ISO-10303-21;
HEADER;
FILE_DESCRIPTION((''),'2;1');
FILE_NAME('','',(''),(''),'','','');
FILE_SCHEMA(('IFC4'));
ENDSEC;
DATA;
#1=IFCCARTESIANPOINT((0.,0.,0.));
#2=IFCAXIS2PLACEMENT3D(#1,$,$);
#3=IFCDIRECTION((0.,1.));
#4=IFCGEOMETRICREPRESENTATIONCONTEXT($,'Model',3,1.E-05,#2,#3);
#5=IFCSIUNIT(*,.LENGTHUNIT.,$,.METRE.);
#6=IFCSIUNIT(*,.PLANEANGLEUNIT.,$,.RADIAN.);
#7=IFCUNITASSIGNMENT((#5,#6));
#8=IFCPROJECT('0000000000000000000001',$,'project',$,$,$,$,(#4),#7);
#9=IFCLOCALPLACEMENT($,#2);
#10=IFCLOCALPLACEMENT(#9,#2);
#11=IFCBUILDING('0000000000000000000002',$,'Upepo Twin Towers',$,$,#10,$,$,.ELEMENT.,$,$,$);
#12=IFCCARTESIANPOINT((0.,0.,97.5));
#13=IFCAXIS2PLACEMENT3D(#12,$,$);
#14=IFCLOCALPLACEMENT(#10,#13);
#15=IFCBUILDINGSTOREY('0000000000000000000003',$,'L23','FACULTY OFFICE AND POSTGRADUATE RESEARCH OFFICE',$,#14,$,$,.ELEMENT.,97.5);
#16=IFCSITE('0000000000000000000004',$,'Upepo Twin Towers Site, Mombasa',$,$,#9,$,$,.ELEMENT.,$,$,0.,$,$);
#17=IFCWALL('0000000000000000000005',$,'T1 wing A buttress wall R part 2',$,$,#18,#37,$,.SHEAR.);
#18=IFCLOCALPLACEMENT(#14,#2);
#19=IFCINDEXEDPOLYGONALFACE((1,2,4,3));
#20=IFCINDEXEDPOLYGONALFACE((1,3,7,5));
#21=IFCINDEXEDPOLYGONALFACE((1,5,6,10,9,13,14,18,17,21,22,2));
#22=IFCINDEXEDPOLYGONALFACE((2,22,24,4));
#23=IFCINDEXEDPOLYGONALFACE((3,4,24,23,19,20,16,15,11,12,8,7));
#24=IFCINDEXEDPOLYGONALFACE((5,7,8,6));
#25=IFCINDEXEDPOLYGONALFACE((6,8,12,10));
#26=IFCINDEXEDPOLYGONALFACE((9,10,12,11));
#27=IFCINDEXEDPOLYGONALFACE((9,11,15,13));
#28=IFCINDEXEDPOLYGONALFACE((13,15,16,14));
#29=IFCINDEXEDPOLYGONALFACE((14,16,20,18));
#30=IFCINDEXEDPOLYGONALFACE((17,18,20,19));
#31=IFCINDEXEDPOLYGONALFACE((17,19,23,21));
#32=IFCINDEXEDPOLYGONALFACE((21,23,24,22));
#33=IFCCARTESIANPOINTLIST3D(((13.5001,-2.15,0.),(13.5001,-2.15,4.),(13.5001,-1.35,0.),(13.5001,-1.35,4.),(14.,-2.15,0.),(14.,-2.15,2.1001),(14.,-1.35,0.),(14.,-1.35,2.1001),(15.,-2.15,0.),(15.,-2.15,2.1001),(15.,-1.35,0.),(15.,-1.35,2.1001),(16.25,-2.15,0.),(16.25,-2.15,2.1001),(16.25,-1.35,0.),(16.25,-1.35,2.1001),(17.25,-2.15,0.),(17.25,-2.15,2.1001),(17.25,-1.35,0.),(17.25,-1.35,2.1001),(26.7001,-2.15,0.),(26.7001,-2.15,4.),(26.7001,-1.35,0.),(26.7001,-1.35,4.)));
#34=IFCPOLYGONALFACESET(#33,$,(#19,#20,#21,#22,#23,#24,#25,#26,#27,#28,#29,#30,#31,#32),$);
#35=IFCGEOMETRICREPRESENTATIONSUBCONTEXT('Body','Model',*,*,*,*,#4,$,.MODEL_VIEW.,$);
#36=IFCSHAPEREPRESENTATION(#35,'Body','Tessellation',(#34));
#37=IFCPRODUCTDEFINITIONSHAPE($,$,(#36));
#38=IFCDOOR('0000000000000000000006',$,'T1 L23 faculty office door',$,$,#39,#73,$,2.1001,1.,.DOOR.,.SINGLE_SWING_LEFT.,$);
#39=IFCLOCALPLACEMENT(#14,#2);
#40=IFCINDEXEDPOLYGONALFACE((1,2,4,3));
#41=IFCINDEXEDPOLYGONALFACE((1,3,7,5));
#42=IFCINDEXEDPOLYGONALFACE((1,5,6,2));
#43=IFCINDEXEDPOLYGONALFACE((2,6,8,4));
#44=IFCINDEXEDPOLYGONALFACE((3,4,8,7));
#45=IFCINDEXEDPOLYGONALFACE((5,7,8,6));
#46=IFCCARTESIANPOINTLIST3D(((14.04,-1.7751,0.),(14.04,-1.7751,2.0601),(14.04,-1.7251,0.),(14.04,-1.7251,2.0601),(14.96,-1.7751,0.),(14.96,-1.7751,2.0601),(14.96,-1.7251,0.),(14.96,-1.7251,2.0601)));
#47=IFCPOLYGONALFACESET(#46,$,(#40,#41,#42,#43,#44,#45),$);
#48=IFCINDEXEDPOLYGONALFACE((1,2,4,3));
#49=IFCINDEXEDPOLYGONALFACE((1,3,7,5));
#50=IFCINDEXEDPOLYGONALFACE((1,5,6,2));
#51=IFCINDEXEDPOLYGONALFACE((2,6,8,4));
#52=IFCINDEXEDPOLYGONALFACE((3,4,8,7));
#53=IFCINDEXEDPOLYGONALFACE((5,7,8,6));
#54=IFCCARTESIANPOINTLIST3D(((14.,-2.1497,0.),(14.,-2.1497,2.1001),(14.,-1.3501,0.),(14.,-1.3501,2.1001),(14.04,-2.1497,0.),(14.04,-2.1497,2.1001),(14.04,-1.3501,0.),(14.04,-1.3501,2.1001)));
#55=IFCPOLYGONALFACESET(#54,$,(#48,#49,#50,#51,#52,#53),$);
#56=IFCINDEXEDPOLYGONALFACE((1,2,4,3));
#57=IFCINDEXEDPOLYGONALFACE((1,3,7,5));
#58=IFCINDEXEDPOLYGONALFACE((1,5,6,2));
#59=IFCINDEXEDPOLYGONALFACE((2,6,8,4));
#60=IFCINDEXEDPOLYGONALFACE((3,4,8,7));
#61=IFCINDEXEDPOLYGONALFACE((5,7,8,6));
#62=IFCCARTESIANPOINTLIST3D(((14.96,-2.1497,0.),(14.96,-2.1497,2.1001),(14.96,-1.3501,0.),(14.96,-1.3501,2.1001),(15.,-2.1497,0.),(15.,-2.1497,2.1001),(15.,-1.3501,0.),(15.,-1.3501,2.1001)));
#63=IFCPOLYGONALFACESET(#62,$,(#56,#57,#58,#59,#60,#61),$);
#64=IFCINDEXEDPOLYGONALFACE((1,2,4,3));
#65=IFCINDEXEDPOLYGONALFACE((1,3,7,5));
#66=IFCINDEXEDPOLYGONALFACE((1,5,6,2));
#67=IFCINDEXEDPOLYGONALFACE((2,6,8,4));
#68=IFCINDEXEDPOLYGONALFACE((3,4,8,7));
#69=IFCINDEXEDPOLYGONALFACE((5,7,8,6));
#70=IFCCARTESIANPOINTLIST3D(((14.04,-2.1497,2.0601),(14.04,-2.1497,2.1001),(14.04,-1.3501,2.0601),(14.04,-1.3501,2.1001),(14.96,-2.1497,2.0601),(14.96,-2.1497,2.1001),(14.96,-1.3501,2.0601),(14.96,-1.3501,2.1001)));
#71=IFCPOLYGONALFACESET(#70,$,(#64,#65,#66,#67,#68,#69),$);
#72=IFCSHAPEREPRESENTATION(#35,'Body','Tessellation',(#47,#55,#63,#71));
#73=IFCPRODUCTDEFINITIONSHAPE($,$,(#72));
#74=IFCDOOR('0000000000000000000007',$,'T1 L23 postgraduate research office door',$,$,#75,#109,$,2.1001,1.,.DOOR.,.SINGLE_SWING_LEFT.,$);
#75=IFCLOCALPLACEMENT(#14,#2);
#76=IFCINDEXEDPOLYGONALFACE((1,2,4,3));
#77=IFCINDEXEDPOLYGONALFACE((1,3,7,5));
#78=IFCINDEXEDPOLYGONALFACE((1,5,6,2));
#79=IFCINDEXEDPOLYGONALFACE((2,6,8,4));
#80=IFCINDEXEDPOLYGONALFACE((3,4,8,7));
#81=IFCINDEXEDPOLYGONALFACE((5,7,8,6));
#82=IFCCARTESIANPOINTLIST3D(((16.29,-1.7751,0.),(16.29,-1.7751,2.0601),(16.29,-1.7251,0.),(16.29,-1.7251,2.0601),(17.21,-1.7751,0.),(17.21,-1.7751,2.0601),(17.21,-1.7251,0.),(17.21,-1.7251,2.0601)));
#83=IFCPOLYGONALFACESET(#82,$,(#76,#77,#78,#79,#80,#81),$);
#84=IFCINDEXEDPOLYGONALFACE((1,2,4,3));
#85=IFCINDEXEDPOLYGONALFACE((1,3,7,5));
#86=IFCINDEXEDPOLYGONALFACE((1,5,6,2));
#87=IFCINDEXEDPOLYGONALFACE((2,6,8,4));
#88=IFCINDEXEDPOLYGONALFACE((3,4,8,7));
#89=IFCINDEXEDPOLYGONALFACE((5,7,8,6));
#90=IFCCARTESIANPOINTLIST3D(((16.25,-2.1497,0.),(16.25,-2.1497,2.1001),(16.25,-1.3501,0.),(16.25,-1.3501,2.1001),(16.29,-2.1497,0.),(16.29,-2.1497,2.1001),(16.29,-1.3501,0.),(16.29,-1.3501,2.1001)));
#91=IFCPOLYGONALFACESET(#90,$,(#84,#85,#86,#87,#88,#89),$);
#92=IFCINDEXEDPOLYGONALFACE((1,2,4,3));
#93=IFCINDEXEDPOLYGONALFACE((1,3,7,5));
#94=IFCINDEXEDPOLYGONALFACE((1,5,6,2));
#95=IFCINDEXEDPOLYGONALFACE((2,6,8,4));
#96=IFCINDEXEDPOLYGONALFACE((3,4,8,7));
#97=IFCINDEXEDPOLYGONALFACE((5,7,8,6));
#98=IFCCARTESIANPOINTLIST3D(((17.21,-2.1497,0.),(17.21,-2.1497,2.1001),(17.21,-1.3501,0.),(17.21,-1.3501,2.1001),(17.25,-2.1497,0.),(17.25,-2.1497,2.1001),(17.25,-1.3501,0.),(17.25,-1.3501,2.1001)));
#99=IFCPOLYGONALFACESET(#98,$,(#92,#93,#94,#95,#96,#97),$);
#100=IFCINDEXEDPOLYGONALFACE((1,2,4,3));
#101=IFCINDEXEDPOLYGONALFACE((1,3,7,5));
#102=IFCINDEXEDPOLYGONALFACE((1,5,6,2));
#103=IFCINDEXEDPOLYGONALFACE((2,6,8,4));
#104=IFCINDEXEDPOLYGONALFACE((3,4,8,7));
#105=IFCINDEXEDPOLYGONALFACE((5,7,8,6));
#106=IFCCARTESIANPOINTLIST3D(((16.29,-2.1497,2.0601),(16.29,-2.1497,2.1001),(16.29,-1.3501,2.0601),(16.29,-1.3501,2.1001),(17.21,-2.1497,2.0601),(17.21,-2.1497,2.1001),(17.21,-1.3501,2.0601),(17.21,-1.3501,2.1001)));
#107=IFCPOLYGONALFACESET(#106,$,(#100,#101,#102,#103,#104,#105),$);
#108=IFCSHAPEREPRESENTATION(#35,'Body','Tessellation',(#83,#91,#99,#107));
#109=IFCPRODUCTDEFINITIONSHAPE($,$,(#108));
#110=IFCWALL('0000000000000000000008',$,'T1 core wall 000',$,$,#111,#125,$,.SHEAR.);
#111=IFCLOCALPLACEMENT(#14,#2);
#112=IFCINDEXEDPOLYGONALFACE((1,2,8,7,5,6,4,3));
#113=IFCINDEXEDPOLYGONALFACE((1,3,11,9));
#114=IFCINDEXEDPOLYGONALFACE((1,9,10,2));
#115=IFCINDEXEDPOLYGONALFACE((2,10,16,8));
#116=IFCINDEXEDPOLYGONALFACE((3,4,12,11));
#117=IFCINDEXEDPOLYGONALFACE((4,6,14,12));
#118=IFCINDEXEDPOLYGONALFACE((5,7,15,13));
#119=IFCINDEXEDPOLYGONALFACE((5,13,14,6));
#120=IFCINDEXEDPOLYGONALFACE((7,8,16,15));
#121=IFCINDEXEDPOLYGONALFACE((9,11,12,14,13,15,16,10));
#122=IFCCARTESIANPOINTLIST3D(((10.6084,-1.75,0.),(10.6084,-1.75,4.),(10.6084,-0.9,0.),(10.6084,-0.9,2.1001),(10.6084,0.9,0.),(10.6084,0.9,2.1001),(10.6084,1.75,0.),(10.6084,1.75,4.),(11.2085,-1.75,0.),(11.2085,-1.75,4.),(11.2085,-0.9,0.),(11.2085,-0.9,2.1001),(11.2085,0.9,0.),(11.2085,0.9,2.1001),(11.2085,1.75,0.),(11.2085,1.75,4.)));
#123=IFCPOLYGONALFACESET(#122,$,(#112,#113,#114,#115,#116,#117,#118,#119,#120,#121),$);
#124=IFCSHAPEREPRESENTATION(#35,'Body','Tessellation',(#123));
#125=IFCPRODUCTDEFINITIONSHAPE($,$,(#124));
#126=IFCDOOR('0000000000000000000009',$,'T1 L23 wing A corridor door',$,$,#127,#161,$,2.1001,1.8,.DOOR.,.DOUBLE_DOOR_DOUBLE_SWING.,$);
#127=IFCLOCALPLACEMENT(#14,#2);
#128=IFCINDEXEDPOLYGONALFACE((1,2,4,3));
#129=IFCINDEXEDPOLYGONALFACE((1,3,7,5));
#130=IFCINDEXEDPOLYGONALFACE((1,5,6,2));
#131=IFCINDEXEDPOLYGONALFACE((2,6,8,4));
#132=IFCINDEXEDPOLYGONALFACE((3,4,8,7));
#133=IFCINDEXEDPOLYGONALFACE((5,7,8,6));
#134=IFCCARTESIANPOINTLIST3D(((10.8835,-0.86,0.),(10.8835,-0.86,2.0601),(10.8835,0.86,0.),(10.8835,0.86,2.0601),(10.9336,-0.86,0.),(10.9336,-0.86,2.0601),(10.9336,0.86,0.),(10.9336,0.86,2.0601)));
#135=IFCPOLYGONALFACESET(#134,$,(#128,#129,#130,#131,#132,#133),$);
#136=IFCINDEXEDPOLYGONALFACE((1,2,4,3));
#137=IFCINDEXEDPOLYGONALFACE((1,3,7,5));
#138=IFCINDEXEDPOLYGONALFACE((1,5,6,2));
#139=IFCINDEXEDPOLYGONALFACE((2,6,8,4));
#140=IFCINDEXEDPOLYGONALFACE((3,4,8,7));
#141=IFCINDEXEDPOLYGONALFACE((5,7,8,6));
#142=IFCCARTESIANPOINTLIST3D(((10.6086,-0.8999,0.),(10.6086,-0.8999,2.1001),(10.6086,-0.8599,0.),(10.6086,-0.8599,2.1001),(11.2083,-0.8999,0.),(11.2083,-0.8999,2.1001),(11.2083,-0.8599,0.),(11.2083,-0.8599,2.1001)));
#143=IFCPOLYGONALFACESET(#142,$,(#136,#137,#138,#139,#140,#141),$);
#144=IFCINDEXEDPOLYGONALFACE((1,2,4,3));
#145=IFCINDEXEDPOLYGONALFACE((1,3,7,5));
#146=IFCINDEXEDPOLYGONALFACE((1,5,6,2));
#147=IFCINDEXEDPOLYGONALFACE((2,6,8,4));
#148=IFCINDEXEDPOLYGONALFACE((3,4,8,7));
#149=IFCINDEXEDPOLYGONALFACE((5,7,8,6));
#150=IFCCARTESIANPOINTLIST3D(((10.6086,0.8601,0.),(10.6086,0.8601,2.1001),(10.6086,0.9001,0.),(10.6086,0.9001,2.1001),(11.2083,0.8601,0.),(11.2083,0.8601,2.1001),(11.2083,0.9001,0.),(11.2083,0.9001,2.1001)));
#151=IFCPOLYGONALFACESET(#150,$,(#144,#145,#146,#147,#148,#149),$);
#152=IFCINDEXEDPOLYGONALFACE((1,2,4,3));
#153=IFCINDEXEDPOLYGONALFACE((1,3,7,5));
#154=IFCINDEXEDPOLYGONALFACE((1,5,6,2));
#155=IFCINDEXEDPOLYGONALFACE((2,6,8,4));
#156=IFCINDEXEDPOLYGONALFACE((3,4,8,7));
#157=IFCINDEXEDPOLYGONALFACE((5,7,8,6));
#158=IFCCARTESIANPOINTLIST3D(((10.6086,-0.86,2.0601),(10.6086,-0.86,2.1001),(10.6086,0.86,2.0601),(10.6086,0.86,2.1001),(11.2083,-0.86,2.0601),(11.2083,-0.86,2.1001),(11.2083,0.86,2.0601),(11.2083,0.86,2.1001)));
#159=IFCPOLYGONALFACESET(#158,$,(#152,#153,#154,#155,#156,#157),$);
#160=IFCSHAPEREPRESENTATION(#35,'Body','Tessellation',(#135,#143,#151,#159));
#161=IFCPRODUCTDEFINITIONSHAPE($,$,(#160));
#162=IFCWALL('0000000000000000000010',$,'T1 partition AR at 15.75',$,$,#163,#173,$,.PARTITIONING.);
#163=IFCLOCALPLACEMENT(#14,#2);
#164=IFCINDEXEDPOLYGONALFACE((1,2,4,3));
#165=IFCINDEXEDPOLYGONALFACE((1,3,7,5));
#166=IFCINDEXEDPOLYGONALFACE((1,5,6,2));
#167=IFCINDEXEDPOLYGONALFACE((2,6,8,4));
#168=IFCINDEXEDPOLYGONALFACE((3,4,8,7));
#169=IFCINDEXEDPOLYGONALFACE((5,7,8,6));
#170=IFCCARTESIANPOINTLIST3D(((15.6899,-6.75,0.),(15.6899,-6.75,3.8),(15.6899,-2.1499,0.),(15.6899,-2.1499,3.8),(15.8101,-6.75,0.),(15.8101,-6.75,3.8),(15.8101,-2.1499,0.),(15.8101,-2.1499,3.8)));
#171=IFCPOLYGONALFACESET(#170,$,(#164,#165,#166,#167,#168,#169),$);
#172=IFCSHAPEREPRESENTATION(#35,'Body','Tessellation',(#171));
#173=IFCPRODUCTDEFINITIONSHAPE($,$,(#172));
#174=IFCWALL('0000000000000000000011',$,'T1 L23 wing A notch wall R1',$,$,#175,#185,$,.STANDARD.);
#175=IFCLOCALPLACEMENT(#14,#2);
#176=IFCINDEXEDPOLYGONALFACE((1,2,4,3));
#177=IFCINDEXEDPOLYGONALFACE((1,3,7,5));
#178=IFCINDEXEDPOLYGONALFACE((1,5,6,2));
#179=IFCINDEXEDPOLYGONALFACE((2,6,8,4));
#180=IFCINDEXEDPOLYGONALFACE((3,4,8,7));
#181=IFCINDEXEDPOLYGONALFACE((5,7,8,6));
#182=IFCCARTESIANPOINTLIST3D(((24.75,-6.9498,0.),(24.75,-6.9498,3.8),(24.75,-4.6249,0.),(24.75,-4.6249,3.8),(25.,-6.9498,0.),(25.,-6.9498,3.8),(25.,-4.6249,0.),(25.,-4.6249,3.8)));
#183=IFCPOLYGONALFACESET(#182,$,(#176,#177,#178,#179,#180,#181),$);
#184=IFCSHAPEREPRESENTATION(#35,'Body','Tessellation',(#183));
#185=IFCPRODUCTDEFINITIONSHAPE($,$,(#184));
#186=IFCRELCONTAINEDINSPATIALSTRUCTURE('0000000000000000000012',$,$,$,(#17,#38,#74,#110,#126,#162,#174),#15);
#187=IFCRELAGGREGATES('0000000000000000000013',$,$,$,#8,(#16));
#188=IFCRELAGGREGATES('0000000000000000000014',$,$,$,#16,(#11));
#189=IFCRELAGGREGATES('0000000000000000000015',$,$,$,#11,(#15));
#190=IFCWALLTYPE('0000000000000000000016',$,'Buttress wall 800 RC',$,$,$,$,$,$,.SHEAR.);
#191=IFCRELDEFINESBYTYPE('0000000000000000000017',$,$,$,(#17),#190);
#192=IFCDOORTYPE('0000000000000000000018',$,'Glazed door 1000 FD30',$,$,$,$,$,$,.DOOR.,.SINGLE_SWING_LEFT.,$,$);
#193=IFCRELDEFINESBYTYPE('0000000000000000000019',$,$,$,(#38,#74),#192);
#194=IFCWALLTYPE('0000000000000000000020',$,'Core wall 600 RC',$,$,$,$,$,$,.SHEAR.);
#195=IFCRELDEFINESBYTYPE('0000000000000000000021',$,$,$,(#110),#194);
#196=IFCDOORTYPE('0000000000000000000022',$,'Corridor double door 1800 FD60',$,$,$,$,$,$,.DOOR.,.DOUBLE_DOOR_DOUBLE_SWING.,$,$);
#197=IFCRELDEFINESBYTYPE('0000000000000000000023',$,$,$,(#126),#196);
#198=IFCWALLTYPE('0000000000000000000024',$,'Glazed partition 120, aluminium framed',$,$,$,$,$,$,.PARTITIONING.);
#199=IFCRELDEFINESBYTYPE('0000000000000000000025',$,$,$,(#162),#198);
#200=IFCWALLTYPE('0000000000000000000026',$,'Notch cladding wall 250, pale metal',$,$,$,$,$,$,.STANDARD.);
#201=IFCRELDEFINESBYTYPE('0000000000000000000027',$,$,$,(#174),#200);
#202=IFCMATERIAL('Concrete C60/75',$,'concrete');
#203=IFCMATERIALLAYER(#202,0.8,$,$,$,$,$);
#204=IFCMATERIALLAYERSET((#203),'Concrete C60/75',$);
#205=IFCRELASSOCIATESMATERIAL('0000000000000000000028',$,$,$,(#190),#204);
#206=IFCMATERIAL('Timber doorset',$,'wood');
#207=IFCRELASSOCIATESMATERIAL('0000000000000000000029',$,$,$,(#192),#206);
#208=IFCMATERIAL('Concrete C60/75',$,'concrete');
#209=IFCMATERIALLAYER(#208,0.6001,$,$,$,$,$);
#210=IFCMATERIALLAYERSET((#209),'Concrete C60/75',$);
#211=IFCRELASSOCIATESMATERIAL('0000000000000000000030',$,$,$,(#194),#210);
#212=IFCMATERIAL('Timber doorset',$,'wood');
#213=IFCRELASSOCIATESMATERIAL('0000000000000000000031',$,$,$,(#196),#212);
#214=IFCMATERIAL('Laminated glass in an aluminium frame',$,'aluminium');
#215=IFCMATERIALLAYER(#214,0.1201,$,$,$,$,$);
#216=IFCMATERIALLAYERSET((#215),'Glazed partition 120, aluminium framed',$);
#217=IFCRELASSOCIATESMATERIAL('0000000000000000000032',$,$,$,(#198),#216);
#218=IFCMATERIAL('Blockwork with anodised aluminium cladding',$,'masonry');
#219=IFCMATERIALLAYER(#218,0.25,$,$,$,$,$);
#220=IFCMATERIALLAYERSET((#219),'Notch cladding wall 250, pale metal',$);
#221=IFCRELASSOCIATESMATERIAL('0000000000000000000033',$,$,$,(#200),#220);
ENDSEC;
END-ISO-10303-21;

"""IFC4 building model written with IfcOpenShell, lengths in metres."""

from ifc_helpers import new_model, si_unit, direction, frame, frame_2d, origin, place, context, subcontext, project, spatial, rectangle, extrude, material, layer, layer_set, type_object, element, fill, save


model = new_model("IFC4")

# Units and contexts
model_context = context("Model", 3, precision=1e-05, world=origin(), true_north=direction((0.0, 1.0)))
body_context = subcontext(model_context, "Body", "Model", "MODEL_VIEW")
ifc_project = project(units=[si_unit("LENGTHUNIT", "METRE"), si_unit("PLANEANGLEUNIT", "RADIAN")], contexts=[model_context])

# Site, building, storey
site_placement = place(None, origin())
site = spatial("IfcSite", under=ifc_project, at=site_placement, Name="Upepo Twin Towers Site, Mombasa", CompositionType="ELEMENT", RefElevation=0.0)
building_placement = place(site_placement, origin())
building = spatial("IfcBuilding", under=site, at=building_placement, Name="Upepo Twin Towers", CompositionType="ELEMENT")
storey_placement = place(building_placement, frame((0.0, 0.0, 97.5)))
storey = spatial("IfcBuildingStorey", under=building, at=storey_placement, Name="L23", Description="FACULTY OFFICE AND POSTGRADUATE RESEARCH OFFICE", CompositionType="ELEMENT", Elevation=97.5)

# Wall, openings, doors
ifc_material_1 = material(Name="Concrete C60/75", Category="concrete")
ifc_layer_1 = layer(ifc_material_1, 0.8)
ifc_layer_set_1 = layer_set([ifc_layer_1], Name="Concrete C60/75")
wall_type_1 = type_object("IfcWallType", Name="Buttress wall 800 RC", PredefinedType="SHEAR", material=ifc_layer_set_1)
wall_1_placement = place(storey_placement, frame((13.5, -1.75, 0.0), z_axis=(0.0, 0.0, 1.0), x_axis=(1.0, 0.0, 0.0)))
wall_1 = element("IfcWall", 1, at=wall_1_placement, inside=storey, type_object=wall_type_1, Name="T1 wing A buttress wall R part 2", PredefinedType="SHEAR", context=body_context, shape_type="SweptSolid", body=[
    extrude(rectangle(XDim=13.2, YDim=0.8, at=frame_2d((6.6001, 0.0))), origin(), (0.0, 0.0, 1.0), 4.0),
])
opening_1_placement = place(wall_1_placement, frame((0.5, 0.0, 0.0)))
opening_1 = element("IfcOpeningElement", 2, at=opening_1_placement, cuts=wall_1, PredefinedType="OPENING", context=body_context, shape_type="SweptSolid", body=[
    extrude(rectangle(XDim=1.0, YDim=2.1001, at=frame_2d((0.5, 1.05))), frame((0.0, 0.4099, 0.0), z_axis=(0.0, -1.0, 0.0), x_axis=(1.0, 0.0, 0.0)), (0.0, 0.0, 1.0), 0.8201),
])
opening_2_placement = place(wall_1_placement, frame((2.75, 0.0, 0.0)))
opening_2 = element("IfcOpeningElement", 3, at=opening_2_placement, cuts=wall_1, PredefinedType="OPENING", context=body_context, shape_type="SweptSolid", body=[
    extrude(rectangle(XDim=1.0, YDim=2.1001, at=frame_2d((0.5, 1.05))), frame((0.0, 0.4099, 0.0), z_axis=(0.0, -1.0, 0.0), x_axis=(1.0, 0.0, 0.0)), (0.0, 0.0, 1.0), 0.8201),
])
ifc_material_2 = material(Name="Timber doorset", Category="wood")
door_type_1 = type_object("IfcDoorType", Name="Glazed door 1000 FD30", OperationType="SINGLE_SWING_LEFT", PredefinedType="DOOR", material=ifc_material_2)
door_1_placement = place(opening_1_placement, origin())
door_1 = element("IfcDoor", 4, at=door_1_placement, inside=storey, type_object=door_type_1, Name="T1 L23 faculty office door", OperationType="SINGLE_SWING_LEFT", OverallHeight=2.1001, OverallWidth=1.0, PredefinedType="DOOR", context=body_context, shape_type="SweptSolid", body=[
    extrude(rectangle(XDim=0.92, YDim=2.0601, at=frame_2d((0.5, 1.03))), frame((0.0, 0.0249, 0.0), z_axis=(0.0, -1.0, 0.0), x_axis=(1.0, 0.0, 0.0)), (0.0, 0.0, 1.0), 0.05),
    extrude(rectangle(XDim=0.04, YDim=2.1001, at=frame_2d((0.02, 1.05))), frame((0.0, 0.3999, 0.0), z_axis=(0.0, -1.0, 0.0), x_axis=(1.0, 0.0, 0.0)), (0.0, 0.0, 1.0), 0.7996),
    extrude(rectangle(XDim=0.04, YDim=2.1001, at=frame_2d((0.98, 1.05))), frame((0.0, 0.3999, 0.0), z_axis=(0.0, -1.0, 0.0), x_axis=(1.0, 0.0, 0.0)), (0.0, 0.0, 1.0), 0.7996),
    extrude(rectangle(XDim=0.92, YDim=0.04, at=frame_2d((0.5, 2.0801))), frame((0.0, 0.3999, 0.0), z_axis=(0.0, -1.0, 0.0), x_axis=(1.0, 0.0, 0.0)), (0.0, 0.0, 1.0), 0.7996),
])
fill(opening_1, door_1)
door_2_placement = place(opening_2_placement, origin())
door_2 = element("IfcDoor", 5, at=door_2_placement, inside=storey, type_object=door_type_1, Name="T1 L23 postgraduate research office door", OperationType="SINGLE_SWING_LEFT", OverallHeight=2.1001, OverallWidth=1.0, PredefinedType="DOOR", context=body_context, shape_type="SweptSolid", body=[
    extrude(rectangle(XDim=0.92, YDim=2.0601, at=frame_2d((0.5, 1.03))), frame((0.0, 0.0249, 0.0), z_axis=(0.0, -1.0, 0.0), x_axis=(1.0, 0.0, 0.0)), (0.0, 0.0, 1.0), 0.05),
    extrude(rectangle(XDim=0.04, YDim=2.1001, at=frame_2d((0.02, 1.05))), frame((0.0, 0.3999, 0.0), z_axis=(0.0, -1.0, 0.0), x_axis=(1.0, 0.0, 0.0)), (0.0, 0.0, 1.0), 0.7996),
    extrude(rectangle(XDim=0.04, YDim=2.1001, at=frame_2d((0.98, 1.05))), frame((0.0, 0.3999, 0.0), z_axis=(0.0, -1.0, 0.0), x_axis=(1.0, 0.0, 0.0)), (0.0, 0.0, 1.0), 0.7996),
    extrude(rectangle(XDim=0.92, YDim=0.04, at=frame_2d((0.5, 2.0801))), frame((0.0, 0.3999, 0.0), z_axis=(0.0, -1.0, 0.0), x_axis=(1.0, 0.0, 0.0)), (0.0, 0.0, 1.0), 0.7996),
])
fill(opening_2, door_2)

# Wall, opening, door
ifc_material_3 = material(Name="Concrete C60/75", Category="concrete")
ifc_layer_2 = layer(ifc_material_3, 0.6001)
ifc_layer_set_2 = layer_set([ifc_layer_2], Name="Concrete C60/75")
wall_type_2 = type_object("IfcWallType", Name="Core wall 600 RC", PredefinedType="SHEAR", material=ifc_layer_set_2)
wall_2_placement = place(storey_placement, frame((10.9084, -1.75, 0.0), z_axis=(0.0, 0.0, 1.0), x_axis=(0.0, 1.0, 0.0)))
wall_2 = element("IfcWall", 6, at=wall_2_placement, inside=storey, type_object=wall_type_2, Name="T1 core wall 000", PredefinedType="SHEAR", context=body_context, shape_type="SweptSolid", body=[
    extrude(rectangle(XDim=3.5, YDim=0.6001, at=frame_2d((1.75, 0.0))), origin(), (0.0, 0.0, 1.0), 4.0),
])
opening_3_placement = place(wall_2_placement, frame((0.8501, 0.0, 0.0)))
opening_3 = element("IfcOpeningElement", 7, at=opening_3_placement, cuts=wall_2, PredefinedType="OPENING", context=body_context, shape_type="SweptSolid", body=[
    extrude(rectangle(XDim=1.8, YDim=2.1001, at=frame_2d((0.8999, 1.05))), frame((0.0, 0.3101, 0.0), z_axis=(0.0, -1.0, 0.0), x_axis=(1.0, 0.0, 0.0)), (0.0, 0.0, 1.0), 0.6201),
])
ifc_material_4 = material(Name="Timber doorset", Category="wood")
door_type_2 = type_object("IfcDoorType", Name="Corridor double door 1800 FD60", OperationType="DOUBLE_DOOR_DOUBLE_SWING", PredefinedType="DOOR", material=ifc_material_4)
door_3_placement = place(opening_3_placement, origin())
door_3 = element("IfcDoor", 8, at=door_3_placement, inside=storey, type_object=door_type_2, Name="T1 L23 wing A corridor door", OperationType="DOUBLE_DOOR_DOUBLE_SWING", OverallHeight=2.1001, OverallWidth=1.8, PredefinedType="DOOR", context=body_context, shape_type="SweptSolid", body=[
    extrude(rectangle(XDim=1.72, YDim=2.0601, at=frame_2d((0.8999, 1.03))), frame((0.0, 0.0249, 0.0), z_axis=(0.0, -1.0, 0.0), x_axis=(1.0, 0.0, 0.0)), (0.0, 0.0, 1.0), 0.05),
    extrude(rectangle(XDim=0.04, YDim=2.1001, at=frame_2d((0.02, 1.05))), frame((0.0, 0.2998, 0.0), z_axis=(0.0, -1.0, 0.0), x_axis=(1.0, 0.0, 0.0)), (0.0, 0.0, 1.0), 0.5996),
    extrude(rectangle(XDim=0.04, YDim=2.1001, at=frame_2d((1.78, 1.05))), frame((0.0, 0.2998, 0.0), z_axis=(0.0, -1.0, 0.0), x_axis=(1.0, 0.0, 0.0)), (0.0, 0.0, 1.0), 0.5996),
    extrude(rectangle(XDim=1.72, YDim=0.04, at=frame_2d((0.8999, 2.0801))), frame((0.0, 0.2998, 0.0), z_axis=(0.0, -1.0, 0.0), x_axis=(1.0, 0.0, 0.0)), (0.0, 0.0, 1.0), 0.5996),
])
fill(opening_3, door_3)

# Walls
ifc_material_5 = material(Name="Laminated glass in an aluminium frame", Category="aluminium")
ifc_layer_3 = layer(ifc_material_5, 0.1201)
ifc_layer_set_3 = layer_set([ifc_layer_3], Name="Glazed partition 120, aluminium framed")
wall_type_3 = type_object("IfcWallType", Name="Glazed partition 120, aluminium framed", PredefinedType="PARTITIONING", material=ifc_layer_set_3)
wall_3_placement = place(storey_placement, frame((15.75, -2.1499, 0.0), z_axis=(0.0, 0.0, 1.0), x_axis=(0.0, -1.0, 0.0)))
element("IfcWall", 9, at=wall_3_placement, inside=storey, type_object=wall_type_3, Name="T1 partition AR at 15.75", PredefinedType="PARTITIONING", context=body_context, shape_type="SweptSolid", body=[
    extrude(rectangle(XDim=4.6001, YDim=0.1201, at=frame_2d((2.3, 0.0))), origin(), (0.0, 0.0, 1.0), 3.8),
])
ifc_material_6 = material(Name="Blockwork with anodised aluminium cladding", Category="masonry")
ifc_layer_4 = layer(ifc_material_6, 0.25)
ifc_layer_set_4 = layer_set([ifc_layer_4], Name="Notch cladding wall 250, pale metal")
wall_type_4 = type_object("IfcWallType", Name="Notch cladding wall 250, pale metal", PredefinedType="STANDARD", material=ifc_layer_set_4)
for number, where, z_axis, x_axis, name in (
    (10, (24.875, -6.95, 0.0), (0.0, 0.0, 1.0), (0.0, 1.0, 0.0), "T1 L23 wing A notch wall R1"),
):
    element("IfcWall", number, at=place(storey_placement, frame(where, z_axis=z_axis, x_axis=x_axis)), inside=storey, type_object=wall_type_4, Name=name, PredefinedType="STANDARD", context=body_context, shape_type="SweptSolid", body=[
        extrude(rectangle(XDim=2.325, YDim=0.25, at=frame_2d((1.1626, 0.0))), origin(), (0.0, 0.0, 1.0), 3.8),
    ])

save(model, "model.ifc")
